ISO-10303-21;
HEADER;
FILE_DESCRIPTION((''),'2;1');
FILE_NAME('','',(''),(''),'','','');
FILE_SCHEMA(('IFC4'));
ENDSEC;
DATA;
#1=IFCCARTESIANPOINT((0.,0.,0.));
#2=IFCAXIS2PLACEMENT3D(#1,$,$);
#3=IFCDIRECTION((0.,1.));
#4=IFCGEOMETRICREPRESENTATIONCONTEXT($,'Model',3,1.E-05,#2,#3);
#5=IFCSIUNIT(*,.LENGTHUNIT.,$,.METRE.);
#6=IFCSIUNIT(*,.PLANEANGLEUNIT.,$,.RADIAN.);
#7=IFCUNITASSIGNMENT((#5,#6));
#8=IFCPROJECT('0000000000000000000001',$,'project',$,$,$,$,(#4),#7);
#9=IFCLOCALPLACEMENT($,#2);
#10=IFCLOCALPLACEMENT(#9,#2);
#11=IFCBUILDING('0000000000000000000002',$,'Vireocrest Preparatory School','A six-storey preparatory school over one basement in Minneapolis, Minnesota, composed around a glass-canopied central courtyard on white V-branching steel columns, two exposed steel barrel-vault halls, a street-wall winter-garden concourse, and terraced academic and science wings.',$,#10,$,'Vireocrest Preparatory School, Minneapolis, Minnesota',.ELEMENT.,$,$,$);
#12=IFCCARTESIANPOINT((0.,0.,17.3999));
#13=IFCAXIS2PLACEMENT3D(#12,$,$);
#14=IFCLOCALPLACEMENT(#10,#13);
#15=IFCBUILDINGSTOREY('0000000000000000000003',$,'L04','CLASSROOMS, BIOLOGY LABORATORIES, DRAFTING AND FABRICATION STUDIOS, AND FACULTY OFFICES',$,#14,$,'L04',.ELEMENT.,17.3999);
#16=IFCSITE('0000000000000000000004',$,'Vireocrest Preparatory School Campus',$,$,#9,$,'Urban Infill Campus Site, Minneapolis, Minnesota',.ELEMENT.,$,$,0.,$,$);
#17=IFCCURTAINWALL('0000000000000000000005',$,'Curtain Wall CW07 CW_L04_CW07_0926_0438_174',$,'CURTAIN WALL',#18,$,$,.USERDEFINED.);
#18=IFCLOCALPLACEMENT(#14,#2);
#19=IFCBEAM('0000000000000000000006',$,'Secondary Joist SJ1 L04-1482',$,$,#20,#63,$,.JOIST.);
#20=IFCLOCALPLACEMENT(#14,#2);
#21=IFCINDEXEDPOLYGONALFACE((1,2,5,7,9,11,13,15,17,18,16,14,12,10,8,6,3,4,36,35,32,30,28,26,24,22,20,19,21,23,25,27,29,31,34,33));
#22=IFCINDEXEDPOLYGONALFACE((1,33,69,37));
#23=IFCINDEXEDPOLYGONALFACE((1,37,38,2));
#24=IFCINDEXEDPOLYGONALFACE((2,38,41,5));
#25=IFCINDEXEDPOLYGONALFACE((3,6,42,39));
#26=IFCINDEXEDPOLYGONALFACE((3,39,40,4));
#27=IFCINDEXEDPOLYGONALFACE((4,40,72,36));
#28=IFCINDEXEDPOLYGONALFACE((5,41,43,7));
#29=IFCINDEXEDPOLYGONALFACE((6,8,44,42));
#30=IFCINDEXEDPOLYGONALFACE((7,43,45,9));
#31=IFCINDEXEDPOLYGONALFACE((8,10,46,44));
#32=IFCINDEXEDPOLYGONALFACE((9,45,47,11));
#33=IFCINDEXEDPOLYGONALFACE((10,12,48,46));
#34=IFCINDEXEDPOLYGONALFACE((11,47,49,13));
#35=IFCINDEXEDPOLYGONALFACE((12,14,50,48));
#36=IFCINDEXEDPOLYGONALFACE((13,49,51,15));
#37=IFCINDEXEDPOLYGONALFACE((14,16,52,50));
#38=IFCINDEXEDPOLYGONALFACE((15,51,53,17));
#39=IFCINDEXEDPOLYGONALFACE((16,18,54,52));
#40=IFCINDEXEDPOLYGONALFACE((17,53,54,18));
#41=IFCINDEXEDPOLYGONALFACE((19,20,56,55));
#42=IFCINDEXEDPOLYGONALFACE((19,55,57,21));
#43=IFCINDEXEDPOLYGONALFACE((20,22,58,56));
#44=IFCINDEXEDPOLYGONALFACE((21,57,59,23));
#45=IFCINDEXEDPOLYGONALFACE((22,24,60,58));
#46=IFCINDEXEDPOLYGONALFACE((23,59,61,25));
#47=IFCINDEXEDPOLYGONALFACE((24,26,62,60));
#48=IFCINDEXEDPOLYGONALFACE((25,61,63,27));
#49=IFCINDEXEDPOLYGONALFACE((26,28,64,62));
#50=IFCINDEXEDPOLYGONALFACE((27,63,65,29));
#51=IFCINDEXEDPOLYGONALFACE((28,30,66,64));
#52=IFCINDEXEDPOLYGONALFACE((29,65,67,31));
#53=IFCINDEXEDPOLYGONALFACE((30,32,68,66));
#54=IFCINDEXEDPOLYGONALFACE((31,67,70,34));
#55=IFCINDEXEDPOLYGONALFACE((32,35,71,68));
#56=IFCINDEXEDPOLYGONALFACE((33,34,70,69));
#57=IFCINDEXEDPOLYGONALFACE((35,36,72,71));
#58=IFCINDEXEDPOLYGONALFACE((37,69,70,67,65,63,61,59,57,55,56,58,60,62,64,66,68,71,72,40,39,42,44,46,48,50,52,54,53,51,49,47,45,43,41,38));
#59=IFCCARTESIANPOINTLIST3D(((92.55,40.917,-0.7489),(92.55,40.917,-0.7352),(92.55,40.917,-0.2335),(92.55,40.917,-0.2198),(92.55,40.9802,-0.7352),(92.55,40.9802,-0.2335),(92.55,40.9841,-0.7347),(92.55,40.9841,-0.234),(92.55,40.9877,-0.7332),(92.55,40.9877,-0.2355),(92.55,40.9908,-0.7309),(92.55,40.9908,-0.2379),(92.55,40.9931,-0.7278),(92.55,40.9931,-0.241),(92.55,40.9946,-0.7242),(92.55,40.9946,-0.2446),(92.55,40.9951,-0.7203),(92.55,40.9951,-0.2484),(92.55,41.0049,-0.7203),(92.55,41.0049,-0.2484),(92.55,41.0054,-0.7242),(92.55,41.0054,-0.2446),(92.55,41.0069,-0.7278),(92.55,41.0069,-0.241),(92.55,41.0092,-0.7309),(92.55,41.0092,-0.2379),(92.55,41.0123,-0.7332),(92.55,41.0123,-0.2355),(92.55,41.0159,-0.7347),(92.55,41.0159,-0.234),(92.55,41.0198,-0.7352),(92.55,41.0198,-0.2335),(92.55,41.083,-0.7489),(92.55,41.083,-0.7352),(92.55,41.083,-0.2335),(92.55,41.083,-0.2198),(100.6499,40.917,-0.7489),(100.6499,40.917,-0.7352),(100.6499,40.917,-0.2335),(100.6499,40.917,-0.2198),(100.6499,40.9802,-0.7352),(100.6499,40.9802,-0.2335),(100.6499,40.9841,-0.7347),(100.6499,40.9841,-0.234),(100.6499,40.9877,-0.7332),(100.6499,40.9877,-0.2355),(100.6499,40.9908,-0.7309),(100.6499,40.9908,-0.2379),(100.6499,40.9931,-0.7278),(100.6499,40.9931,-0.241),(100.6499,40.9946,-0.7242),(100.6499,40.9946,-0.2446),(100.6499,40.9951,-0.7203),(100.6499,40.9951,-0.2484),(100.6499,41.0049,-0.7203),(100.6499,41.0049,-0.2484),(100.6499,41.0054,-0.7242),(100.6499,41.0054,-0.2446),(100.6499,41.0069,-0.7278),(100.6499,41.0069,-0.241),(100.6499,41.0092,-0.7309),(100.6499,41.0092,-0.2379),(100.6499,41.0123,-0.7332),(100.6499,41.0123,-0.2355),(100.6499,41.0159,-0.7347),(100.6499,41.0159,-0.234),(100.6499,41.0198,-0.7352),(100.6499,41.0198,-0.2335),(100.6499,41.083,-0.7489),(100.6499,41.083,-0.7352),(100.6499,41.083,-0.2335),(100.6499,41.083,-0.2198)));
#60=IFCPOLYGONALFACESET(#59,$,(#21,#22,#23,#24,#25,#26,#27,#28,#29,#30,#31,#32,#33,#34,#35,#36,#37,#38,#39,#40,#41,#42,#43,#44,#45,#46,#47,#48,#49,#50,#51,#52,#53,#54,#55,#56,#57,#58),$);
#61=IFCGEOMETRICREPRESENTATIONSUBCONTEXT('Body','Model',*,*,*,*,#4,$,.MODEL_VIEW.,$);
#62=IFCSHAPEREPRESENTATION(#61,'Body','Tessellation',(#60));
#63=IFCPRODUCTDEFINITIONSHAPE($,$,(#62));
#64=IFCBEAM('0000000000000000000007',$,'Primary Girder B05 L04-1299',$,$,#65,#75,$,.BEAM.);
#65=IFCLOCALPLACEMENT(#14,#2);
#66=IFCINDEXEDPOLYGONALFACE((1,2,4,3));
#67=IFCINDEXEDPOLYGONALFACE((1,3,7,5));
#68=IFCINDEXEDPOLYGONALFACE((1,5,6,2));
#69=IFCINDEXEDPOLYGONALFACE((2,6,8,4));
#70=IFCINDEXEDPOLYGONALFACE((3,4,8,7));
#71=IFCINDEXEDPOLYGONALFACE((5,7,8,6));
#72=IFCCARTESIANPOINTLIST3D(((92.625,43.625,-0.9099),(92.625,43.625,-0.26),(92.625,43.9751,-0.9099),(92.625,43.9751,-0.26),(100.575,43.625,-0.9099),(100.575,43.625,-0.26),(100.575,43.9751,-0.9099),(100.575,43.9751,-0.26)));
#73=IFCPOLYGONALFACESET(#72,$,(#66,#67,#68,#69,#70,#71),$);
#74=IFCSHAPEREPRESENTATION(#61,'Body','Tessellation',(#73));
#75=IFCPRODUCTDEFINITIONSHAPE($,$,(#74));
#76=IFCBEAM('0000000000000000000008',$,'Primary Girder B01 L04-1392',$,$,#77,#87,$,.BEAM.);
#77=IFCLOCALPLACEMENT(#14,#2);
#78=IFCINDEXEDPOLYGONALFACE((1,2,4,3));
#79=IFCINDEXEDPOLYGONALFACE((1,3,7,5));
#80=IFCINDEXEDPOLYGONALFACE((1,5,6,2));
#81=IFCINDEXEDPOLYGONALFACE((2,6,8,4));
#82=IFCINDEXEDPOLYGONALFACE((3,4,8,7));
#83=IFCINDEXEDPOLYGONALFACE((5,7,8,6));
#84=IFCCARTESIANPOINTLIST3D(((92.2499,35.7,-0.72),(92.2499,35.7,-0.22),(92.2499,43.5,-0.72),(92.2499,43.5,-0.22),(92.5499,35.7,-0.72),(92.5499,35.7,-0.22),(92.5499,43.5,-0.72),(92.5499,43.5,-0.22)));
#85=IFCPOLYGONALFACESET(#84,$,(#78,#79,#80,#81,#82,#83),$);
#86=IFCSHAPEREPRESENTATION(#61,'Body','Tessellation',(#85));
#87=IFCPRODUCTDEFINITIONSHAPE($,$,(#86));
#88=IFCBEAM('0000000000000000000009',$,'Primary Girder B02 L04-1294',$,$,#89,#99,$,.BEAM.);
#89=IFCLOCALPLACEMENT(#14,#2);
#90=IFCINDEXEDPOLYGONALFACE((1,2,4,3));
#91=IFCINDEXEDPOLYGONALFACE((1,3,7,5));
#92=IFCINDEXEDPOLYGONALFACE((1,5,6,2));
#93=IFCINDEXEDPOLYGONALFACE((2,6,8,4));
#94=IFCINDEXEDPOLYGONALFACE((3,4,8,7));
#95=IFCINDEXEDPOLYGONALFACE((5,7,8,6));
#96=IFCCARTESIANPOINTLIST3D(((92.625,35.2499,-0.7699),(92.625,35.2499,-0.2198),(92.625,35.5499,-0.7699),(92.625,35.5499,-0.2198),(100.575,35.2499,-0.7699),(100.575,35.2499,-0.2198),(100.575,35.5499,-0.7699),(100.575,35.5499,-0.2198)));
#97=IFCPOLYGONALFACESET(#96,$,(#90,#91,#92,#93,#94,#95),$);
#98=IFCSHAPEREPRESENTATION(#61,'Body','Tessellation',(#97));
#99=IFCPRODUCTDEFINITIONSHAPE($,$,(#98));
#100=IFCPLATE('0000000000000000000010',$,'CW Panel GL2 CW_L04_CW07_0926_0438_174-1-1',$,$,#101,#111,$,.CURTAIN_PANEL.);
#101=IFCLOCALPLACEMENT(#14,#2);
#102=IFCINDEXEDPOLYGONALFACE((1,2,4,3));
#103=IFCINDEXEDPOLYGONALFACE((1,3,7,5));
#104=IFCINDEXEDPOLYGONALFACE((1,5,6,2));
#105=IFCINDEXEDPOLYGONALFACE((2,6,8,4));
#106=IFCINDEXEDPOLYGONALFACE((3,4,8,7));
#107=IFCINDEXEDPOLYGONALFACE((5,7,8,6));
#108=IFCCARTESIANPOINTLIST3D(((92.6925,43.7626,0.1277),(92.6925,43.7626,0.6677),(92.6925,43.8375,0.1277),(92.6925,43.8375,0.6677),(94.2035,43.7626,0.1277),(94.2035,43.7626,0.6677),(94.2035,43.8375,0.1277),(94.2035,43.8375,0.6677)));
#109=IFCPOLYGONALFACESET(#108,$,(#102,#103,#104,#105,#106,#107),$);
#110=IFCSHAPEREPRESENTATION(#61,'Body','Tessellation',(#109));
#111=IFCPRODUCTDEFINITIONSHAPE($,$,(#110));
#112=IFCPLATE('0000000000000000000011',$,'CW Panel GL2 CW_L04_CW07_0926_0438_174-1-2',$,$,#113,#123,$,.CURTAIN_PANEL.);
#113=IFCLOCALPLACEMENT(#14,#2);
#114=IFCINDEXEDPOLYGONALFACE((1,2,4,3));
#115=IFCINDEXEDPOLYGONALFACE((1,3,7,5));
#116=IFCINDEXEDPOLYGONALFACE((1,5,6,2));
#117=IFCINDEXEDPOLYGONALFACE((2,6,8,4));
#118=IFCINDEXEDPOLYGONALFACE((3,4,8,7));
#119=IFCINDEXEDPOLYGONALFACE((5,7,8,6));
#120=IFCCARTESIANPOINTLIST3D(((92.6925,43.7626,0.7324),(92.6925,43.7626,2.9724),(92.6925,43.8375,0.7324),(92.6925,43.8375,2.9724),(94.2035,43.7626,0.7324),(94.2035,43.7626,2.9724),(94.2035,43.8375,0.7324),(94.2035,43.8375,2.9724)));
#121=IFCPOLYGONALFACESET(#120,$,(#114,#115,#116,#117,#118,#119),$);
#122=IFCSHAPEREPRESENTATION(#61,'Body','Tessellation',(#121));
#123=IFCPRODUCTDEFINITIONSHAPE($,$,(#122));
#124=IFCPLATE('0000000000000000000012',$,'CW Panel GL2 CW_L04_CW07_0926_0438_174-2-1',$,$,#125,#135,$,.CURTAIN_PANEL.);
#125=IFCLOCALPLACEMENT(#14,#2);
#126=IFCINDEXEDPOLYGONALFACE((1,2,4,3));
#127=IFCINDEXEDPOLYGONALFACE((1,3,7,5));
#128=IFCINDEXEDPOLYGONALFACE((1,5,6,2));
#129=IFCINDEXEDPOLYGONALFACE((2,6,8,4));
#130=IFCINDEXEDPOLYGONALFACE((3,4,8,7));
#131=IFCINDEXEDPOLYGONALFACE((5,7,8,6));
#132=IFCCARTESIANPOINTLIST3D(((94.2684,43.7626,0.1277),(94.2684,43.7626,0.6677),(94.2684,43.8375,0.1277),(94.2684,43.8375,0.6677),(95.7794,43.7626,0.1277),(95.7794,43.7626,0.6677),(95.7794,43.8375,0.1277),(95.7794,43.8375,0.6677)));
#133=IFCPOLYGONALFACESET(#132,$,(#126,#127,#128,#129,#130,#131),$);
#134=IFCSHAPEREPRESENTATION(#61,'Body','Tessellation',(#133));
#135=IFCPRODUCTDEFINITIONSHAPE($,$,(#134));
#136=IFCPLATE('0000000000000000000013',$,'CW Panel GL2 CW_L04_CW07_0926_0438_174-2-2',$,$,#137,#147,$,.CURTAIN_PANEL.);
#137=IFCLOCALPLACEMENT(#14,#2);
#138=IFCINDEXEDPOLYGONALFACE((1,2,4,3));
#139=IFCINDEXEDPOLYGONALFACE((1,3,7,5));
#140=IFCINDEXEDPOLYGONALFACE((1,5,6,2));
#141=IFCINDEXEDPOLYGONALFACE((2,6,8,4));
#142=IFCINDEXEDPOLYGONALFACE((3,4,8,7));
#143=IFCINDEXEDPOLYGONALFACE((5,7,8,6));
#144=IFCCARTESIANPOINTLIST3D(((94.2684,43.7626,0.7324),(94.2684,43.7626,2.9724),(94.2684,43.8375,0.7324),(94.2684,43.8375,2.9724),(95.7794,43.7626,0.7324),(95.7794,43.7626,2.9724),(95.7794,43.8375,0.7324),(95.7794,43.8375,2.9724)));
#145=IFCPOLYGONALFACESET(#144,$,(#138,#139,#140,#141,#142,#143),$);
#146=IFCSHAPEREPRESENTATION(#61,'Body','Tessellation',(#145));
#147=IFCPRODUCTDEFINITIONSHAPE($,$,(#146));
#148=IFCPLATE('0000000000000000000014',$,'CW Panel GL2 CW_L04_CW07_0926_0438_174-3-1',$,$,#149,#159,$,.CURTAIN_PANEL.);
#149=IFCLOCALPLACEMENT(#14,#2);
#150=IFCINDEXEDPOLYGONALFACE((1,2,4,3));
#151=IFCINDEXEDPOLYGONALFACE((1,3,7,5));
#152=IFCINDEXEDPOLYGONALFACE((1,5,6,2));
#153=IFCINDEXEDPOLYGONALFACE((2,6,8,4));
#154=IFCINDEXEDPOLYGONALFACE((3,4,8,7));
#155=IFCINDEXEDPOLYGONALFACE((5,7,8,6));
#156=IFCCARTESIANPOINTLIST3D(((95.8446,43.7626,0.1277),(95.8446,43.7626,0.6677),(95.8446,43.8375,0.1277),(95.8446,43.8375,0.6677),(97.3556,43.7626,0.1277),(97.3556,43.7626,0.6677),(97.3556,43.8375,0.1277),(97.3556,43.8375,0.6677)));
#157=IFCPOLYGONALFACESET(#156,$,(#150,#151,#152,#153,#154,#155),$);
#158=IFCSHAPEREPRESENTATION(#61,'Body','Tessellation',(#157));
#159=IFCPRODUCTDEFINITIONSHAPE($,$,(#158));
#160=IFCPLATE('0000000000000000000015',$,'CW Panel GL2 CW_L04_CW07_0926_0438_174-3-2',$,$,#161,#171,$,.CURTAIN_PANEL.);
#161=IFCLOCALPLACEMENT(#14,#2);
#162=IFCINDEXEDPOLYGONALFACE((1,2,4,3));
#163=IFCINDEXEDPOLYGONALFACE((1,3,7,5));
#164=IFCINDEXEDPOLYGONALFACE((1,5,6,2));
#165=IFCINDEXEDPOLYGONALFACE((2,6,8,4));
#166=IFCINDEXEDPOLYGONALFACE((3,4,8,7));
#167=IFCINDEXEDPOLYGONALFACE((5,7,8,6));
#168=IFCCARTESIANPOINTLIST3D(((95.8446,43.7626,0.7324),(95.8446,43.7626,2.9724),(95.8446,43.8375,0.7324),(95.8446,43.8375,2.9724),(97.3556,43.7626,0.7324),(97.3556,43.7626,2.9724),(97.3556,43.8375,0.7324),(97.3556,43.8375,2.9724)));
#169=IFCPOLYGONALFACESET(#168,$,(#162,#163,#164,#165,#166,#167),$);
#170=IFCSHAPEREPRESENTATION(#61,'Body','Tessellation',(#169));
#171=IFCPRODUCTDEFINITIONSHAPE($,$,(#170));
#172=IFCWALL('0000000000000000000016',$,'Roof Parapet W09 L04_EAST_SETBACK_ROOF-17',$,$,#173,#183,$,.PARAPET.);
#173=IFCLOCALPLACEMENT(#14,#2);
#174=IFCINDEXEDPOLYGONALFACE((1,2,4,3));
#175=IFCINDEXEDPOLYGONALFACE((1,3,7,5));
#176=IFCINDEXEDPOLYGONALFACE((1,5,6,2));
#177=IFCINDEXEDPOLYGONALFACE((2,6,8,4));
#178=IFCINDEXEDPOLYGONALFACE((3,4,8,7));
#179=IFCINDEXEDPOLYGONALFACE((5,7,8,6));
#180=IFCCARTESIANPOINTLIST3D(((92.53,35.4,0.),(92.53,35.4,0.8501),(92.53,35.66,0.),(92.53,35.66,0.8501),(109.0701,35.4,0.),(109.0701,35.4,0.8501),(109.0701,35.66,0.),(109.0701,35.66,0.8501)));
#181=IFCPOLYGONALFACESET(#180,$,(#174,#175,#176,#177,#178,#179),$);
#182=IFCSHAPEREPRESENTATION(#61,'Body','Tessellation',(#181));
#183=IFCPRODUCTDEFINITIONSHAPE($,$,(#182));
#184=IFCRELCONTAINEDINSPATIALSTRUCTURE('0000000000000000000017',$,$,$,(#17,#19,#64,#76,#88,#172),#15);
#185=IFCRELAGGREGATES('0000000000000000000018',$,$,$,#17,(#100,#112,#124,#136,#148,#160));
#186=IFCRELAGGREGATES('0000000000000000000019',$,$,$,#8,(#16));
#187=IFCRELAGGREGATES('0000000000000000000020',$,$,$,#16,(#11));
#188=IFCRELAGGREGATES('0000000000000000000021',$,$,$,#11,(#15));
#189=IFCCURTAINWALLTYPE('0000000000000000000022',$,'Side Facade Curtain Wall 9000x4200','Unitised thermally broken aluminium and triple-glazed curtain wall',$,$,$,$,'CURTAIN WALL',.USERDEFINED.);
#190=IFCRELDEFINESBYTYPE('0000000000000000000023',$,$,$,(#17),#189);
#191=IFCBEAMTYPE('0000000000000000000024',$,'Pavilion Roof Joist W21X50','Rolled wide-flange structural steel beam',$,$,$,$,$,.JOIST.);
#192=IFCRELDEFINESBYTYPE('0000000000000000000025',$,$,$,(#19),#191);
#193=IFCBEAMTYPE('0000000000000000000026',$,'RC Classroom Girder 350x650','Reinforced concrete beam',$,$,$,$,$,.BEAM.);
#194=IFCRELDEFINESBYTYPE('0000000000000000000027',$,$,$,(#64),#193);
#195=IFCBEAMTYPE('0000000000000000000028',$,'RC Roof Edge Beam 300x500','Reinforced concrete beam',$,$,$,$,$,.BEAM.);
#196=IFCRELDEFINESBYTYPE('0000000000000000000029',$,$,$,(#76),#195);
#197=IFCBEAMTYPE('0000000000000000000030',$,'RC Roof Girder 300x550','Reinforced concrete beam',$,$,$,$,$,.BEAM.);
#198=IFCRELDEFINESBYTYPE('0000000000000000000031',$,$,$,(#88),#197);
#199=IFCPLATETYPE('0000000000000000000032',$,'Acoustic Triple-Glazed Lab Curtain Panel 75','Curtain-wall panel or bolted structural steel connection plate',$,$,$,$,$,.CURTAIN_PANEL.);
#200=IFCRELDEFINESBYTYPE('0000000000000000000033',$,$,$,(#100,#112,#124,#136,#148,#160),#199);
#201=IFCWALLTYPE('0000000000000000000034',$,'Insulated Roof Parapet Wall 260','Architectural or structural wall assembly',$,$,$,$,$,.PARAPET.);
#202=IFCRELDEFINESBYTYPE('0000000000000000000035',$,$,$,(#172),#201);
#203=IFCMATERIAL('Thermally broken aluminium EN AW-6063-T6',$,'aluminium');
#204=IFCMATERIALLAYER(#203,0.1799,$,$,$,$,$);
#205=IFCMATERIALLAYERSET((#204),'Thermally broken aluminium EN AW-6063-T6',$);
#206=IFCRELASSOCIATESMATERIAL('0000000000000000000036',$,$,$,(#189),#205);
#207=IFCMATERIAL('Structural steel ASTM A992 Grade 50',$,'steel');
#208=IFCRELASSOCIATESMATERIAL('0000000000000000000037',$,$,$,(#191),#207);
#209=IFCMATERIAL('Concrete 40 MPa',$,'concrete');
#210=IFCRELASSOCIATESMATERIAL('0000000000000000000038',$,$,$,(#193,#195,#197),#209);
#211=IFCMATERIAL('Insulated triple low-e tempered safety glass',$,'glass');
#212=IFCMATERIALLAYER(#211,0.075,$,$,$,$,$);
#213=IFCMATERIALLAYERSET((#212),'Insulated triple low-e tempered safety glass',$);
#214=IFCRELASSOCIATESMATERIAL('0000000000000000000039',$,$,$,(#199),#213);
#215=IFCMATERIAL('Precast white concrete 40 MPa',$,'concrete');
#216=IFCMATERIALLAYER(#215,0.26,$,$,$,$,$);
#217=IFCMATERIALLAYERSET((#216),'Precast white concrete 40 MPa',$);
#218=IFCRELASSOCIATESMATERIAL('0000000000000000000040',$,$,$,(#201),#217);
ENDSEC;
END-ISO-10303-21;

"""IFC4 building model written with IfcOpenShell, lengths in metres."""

from ifc_helpers import new_model, si_unit, direction, frame, frame_2d, origin, origin_2d, place, context, subcontext, project, spatial, rectangle, i_section, extrude, material, layer, layer_set, material_profile, profile_set, type_object, element, aggregate, save


model = new_model("IFC4")

# Units and contexts
model_context = context("Model", 3, precision=1e-05, world=origin(), true_north=direction((0.0, 1.0)))
body_context = subcontext(model_context, "Body", "Model", "MODEL_VIEW")
ifc_project = project(units=[si_unit("LENGTHUNIT", "METRE"), si_unit("PLANEANGLEUNIT", "RADIAN")], contexts=[model_context])

# Site, building, storey
site_placement = place(None, origin())
site = spatial("IfcSite", under=ifc_project, at=site_placement, Name="Vireocrest Preparatory School Campus", LongName="Urban Infill Campus Site, Minneapolis, Minnesota", CompositionType="ELEMENT", RefElevation=0.0)
building_placement = place(site_placement, origin())
building = spatial("IfcBuilding", under=site, at=building_placement, Name="Vireocrest Preparatory School", Description="A six-storey preparatory school over one basement in Minneapolis, Minnesota, composed around a glass-canopied central courtyard on white V-branching steel columns, two exposed steel barrel-vault halls, a street-wall winter-garden concourse, and terraced academic and science wings.", LongName="Vireocrest Preparatory School, Minneapolis, Minnesota", CompositionType="ELEMENT")
storey_placement = place(building_placement, frame((0.0, 0.0, 17.3999)))
storey = spatial("IfcBuildingStorey", under=building, at=storey_placement, Name="L04", Description="CLASSROOMS, BIOLOGY LABORATORIES, DRAFTING AND FABRICATION STUDIOS, AND FACULTY OFFICES", LongName="L04", CompositionType="ELEMENT", Elevation=17.3999)

# Curtain wall
ifc_material_1 = material(Name="Thermally broken aluminium EN AW-6063-T6", Category="aluminium")
ifc_layer_1 = layer(ifc_material_1, 0.1799)
ifc_layer_set_1 = layer_set([ifc_layer_1], Name="Thermally broken aluminium EN AW-6063-T6")
curtain_wall_type = type_object("IfcCurtainWallType", Name="Side Facade Curtain Wall 9000x4200", Description="Unitised thermally broken aluminium and triple-glazed curtain wall", ElementType="CURTAIN WALL", PredefinedType="USERDEFINED", material=ifc_layer_set_1)
curtain_wall_placement = place(storey_placement, origin())
curtain_wall = element("IfcCurtainWall", 1, at=curtain_wall_placement, inside=storey, type_object=curtain_wall_type, Name="Curtain Wall CW07 CW_L04_CW07_0926_0438_174", ObjectType="CURTAIN WALL", PredefinedType="USERDEFINED")

# Beams
ifc_material_2 = material(Name="Structural steel ASTM A992 Grade 50", Category="steel")
ifc_material_profile_1 = material_profile(ifc_material_2, i_section(OverallWidth=0.166, OverallDepth=0.5291, WebThickness=0.0098, FlangeThickness=0.0137, FilletRadius=0.0149, at=origin_2d()), Name="W21X50")
ifc_profile_set_1 = profile_set([ifc_material_profile_1], Name="Structural steel ASTM A992 Grade 50")
beam_type_1 = type_object("IfcBeamType", Name="Pavilion Roof Joist W21X50", Description="Rolled wide-flange structural steel beam", PredefinedType="JOIST", material=ifc_profile_set_1)
for number, where, z_axis, x_axis, name in (
    (2, (92.55, 41.0, -0.4844), (1.0, 0.0, 0.0), (0.0, 1.0, 0.0), "Secondary Joist SJ1 L04-1482"),
):
    element("IfcBeam", number, at=place(storey_placement, frame(where, z_axis=z_axis, x_axis=x_axis)), inside=storey, type_object=beam_type_1, Name=name, PredefinedType="JOIST", context=body_context, shape_type="SweptSolid", body=[
        extrude(i_section(OverallWidth=0.166, OverallDepth=0.5291, WebThickness=0.0098, FlangeThickness=0.0137, FilletRadius=0.0149, at=origin_2d()), origin(), (0.0, 0.0, 1.0), 8.0999),
    ])
ifc_material_3 = material(Name="Concrete 40 MPa", Category="concrete")
ifc_material_profile_2 = material_profile(ifc_material_3, rectangle(XDim=0.3501, YDim=0.6499, at=origin_2d()), Name="RC 350x650")
ifc_profile_set_2 = profile_set([ifc_material_profile_2], Name="Concrete 40 MPa")
beam_type_2 = type_object("IfcBeamType", Name="RC Classroom Girder 350x650", Description="Reinforced concrete beam", PredefinedType="BEAM", material=ifc_profile_set_2)
beam_1_placement = place(storey_placement, frame((92.625, 43.8, -0.585), z_axis=(1.0, 0.0, 0.0), x_axis=(0.0, 1.0, 0.0)))
element("IfcBeam", 3, at=beam_1_placement, inside=storey, type_object=beam_type_2, Name="Primary Girder B05 L04-1299", PredefinedType="BEAM", context=body_context, shape_type="SweptSolid", body=[
    extrude(rectangle(XDim=0.3501, YDim=0.6499, at=origin_2d()), origin(), (0.0, 0.0, 1.0), 7.95),
])
ifc_material_profile_3 = material_profile(ifc_material_3, rectangle(XDim=0.3, YDim=0.5, at=origin_2d()), Name="RC 300x500")
ifc_profile_set_3 = profile_set([ifc_material_profile_3], Name="Concrete 40 MPa")
beam_type_3 = type_object("IfcBeamType", Name="RC Roof Edge Beam 300x500", Description="Reinforced concrete beam", PredefinedType="BEAM", material=ifc_profile_set_3)
beam_2_placement = place(storey_placement, frame((92.3999, 35.7, -0.47), z_axis=(0.0, 1.0, 0.0), x_axis=(-1.0, 0.0, 0.0)))
element("IfcBeam", 4, at=beam_2_placement, inside=storey, type_object=beam_type_3, Name="Primary Girder B01 L04-1392", PredefinedType="BEAM", context=body_context, shape_type="SweptSolid", body=[
    extrude(rectangle(XDim=0.3, YDim=0.5, at=origin_2d()), origin(), (0.0, 0.0, 1.0), 7.8),
])
ifc_material_profile_4 = material_profile(ifc_material_3, rectangle(XDim=0.3, YDim=0.55, at=origin_2d()), Name="RC 300x550")
ifc_profile_set_4 = profile_set([ifc_material_profile_4], Name="Concrete 40 MPa")
beam_type_4 = type_object("IfcBeamType", Name="RC Roof Girder 300x550", Description="Reinforced concrete beam", PredefinedType="BEAM", material=ifc_profile_set_4)
beam_3_placement = place(storey_placement, frame((92.625, 35.3999, -0.4949), z_axis=(1.0, 0.0, 0.0), x_axis=(0.0, 1.0, 0.0)))
element("IfcBeam", 5, at=beam_3_placement, inside=storey, type_object=beam_type_4, Name="Primary Girder B02 L04-1294", PredefinedType="BEAM", context=body_context, shape_type="SweptSolid", body=[
    extrude(rectangle(XDim=0.3, YDim=0.55, at=origin_2d()), origin(), (0.0, 0.0, 1.0), 7.95),
])

# Plates
ifc_material_4 = material(Name="Insulated triple low-e tempered safety glass", Category="glass")
ifc_layer_2 = layer(ifc_material_4, 0.075)
ifc_layer_set_2 = layer_set([ifc_layer_2], Name="Insulated triple low-e tempered safety glass")
plate_type = type_object("IfcPlateType", Name="Acoustic Triple-Glazed Lab Curtain Panel 75", Description="Curtain-wall panel or bolted structural steel connection plate", PredefinedType="CURTAIN_PANEL", material=ifc_layer_set_2)
plate_1_placement = place(storey_placement, frame((93.448, 43.8, 0.1277), z_axis=(0.0, 0.0, 1.0), x_axis=(1.0, 0.0, 0.0)))
plate_1 = element("IfcPlate", 6, at=plate_1_placement, type_object=plate_type, Name="CW Panel GL2 CW_L04_CW07_0926_0438_174-1-1", PredefinedType="CURTAIN_PANEL", context=body_context, shape_type="SweptSolid", body=[
    extrude(rectangle(XDim=1.511, YDim=0.075, at=origin_2d()), origin(), (0.0, 0.0, 1.0), 0.54),
])
plate_2_placement = place(storey_placement, frame((93.448, 43.8, 0.7324), z_axis=(0.0, 0.0, 1.0), x_axis=(1.0, 0.0, 0.0)))
plate_2 = element("IfcPlate", 7, at=plate_2_placement, type_object=plate_type, Name="CW Panel GL2 CW_L04_CW07_0926_0438_174-1-2", PredefinedType="CURTAIN_PANEL", context=body_context, shape_type="SweptSolid", body=[
    extrude(rectangle(XDim=1.511, YDim=0.075, at=origin_2d()), origin(), (0.0, 0.0, 1.0), 2.24),
])
plate_3_placement = place(storey_placement, frame((95.0239, 43.8, 0.1277), z_axis=(0.0, 0.0, 1.0), x_axis=(1.0, 0.0, 0.0)))
plate_3 = element("IfcPlate", 8, at=plate_3_placement, type_object=plate_type, Name="CW Panel GL2 CW_L04_CW07_0926_0438_174-2-1", PredefinedType="CURTAIN_PANEL", context=body_context, shape_type="SweptSolid", body=[
    extrude(rectangle(XDim=1.511, YDim=0.075, at=origin_2d()), origin(), (0.0, 0.0, 1.0), 0.54),
])
plate_4_placement = place(storey_placement, frame((95.0239, 43.8, 0.7324), z_axis=(0.0, 0.0, 1.0), x_axis=(1.0, 0.0, 0.0)))
plate_4 = element("IfcPlate", 9, at=plate_4_placement, type_object=plate_type, Name="CW Panel GL2 CW_L04_CW07_0926_0438_174-2-2", PredefinedType="CURTAIN_PANEL", context=body_context, shape_type="SweptSolid", body=[
    extrude(rectangle(XDim=1.511, YDim=0.075, at=origin_2d()), origin(), (0.0, 0.0, 1.0), 2.24),
])
plate_5_placement = place(storey_placement, frame((96.6001, 43.8, 0.1277), z_axis=(0.0, 0.0, 1.0), x_axis=(1.0, 0.0, 0.0)))
plate_5 = element("IfcPlate", 10, at=plate_5_placement, type_object=plate_type, Name="CW Panel GL2 CW_L04_CW07_0926_0438_174-3-1", PredefinedType="CURTAIN_PANEL", context=body_context, shape_type="SweptSolid", body=[
    extrude(rectangle(XDim=1.511, YDim=0.075, at=origin_2d()), origin(), (0.0, 0.0, 1.0), 0.54),
])
plate_6_placement = place(storey_placement, frame((96.6001, 43.8, 0.7324), z_axis=(0.0, 0.0, 1.0), x_axis=(1.0, 0.0, 0.0)))
plate_6 = element("IfcPlate", 11, at=plate_6_placement, type_object=plate_type, Name="CW Panel GL2 CW_L04_CW07_0926_0438_174-3-2", PredefinedType="CURTAIN_PANEL", context=body_context, shape_type="SweptSolid", body=[
    extrude(rectangle(XDim=1.511, YDim=0.075, at=origin_2d()), origin(), (0.0, 0.0, 1.0), 2.24),
])
aggregate(curtain_wall, [plate_1, plate_2, plate_3, plate_4, plate_5, plate_6])

# Wall
ifc_material_5 = material(Name="Precast white concrete 40 MPa", Category="concrete")
ifc_layer_3 = layer(ifc_material_5, 0.26)
ifc_layer_set_3 = layer_set([ifc_layer_3], Name="Precast white concrete 40 MPa")
wall_type = type_object("IfcWallType", Name="Insulated Roof Parapet Wall 260", Description="Architectural or structural wall assembly", PredefinedType="PARAPET", material=ifc_layer_set_3)
wall_1_placement = place(storey_placement, frame((92.53, 35.53, 0.0), z_axis=(0.0, 0.0, 1.0), x_axis=(1.0, 0.0, 0.0)))
element("IfcWall", 12, at=wall_1_placement, inside=storey, type_object=wall_type, Name="Roof Parapet W09 L04_EAST_SETBACK_ROOF-17", PredefinedType="PARAPET", context=body_context, shape_type="SweptSolid", body=[
    extrude(rectangle(XDim=16.54, YDim=0.26, at=frame_2d((8.27, 0.0))), origin(), (0.0, 0.0, 1.0), 0.8501),
])

save(model, "model.ifc")
